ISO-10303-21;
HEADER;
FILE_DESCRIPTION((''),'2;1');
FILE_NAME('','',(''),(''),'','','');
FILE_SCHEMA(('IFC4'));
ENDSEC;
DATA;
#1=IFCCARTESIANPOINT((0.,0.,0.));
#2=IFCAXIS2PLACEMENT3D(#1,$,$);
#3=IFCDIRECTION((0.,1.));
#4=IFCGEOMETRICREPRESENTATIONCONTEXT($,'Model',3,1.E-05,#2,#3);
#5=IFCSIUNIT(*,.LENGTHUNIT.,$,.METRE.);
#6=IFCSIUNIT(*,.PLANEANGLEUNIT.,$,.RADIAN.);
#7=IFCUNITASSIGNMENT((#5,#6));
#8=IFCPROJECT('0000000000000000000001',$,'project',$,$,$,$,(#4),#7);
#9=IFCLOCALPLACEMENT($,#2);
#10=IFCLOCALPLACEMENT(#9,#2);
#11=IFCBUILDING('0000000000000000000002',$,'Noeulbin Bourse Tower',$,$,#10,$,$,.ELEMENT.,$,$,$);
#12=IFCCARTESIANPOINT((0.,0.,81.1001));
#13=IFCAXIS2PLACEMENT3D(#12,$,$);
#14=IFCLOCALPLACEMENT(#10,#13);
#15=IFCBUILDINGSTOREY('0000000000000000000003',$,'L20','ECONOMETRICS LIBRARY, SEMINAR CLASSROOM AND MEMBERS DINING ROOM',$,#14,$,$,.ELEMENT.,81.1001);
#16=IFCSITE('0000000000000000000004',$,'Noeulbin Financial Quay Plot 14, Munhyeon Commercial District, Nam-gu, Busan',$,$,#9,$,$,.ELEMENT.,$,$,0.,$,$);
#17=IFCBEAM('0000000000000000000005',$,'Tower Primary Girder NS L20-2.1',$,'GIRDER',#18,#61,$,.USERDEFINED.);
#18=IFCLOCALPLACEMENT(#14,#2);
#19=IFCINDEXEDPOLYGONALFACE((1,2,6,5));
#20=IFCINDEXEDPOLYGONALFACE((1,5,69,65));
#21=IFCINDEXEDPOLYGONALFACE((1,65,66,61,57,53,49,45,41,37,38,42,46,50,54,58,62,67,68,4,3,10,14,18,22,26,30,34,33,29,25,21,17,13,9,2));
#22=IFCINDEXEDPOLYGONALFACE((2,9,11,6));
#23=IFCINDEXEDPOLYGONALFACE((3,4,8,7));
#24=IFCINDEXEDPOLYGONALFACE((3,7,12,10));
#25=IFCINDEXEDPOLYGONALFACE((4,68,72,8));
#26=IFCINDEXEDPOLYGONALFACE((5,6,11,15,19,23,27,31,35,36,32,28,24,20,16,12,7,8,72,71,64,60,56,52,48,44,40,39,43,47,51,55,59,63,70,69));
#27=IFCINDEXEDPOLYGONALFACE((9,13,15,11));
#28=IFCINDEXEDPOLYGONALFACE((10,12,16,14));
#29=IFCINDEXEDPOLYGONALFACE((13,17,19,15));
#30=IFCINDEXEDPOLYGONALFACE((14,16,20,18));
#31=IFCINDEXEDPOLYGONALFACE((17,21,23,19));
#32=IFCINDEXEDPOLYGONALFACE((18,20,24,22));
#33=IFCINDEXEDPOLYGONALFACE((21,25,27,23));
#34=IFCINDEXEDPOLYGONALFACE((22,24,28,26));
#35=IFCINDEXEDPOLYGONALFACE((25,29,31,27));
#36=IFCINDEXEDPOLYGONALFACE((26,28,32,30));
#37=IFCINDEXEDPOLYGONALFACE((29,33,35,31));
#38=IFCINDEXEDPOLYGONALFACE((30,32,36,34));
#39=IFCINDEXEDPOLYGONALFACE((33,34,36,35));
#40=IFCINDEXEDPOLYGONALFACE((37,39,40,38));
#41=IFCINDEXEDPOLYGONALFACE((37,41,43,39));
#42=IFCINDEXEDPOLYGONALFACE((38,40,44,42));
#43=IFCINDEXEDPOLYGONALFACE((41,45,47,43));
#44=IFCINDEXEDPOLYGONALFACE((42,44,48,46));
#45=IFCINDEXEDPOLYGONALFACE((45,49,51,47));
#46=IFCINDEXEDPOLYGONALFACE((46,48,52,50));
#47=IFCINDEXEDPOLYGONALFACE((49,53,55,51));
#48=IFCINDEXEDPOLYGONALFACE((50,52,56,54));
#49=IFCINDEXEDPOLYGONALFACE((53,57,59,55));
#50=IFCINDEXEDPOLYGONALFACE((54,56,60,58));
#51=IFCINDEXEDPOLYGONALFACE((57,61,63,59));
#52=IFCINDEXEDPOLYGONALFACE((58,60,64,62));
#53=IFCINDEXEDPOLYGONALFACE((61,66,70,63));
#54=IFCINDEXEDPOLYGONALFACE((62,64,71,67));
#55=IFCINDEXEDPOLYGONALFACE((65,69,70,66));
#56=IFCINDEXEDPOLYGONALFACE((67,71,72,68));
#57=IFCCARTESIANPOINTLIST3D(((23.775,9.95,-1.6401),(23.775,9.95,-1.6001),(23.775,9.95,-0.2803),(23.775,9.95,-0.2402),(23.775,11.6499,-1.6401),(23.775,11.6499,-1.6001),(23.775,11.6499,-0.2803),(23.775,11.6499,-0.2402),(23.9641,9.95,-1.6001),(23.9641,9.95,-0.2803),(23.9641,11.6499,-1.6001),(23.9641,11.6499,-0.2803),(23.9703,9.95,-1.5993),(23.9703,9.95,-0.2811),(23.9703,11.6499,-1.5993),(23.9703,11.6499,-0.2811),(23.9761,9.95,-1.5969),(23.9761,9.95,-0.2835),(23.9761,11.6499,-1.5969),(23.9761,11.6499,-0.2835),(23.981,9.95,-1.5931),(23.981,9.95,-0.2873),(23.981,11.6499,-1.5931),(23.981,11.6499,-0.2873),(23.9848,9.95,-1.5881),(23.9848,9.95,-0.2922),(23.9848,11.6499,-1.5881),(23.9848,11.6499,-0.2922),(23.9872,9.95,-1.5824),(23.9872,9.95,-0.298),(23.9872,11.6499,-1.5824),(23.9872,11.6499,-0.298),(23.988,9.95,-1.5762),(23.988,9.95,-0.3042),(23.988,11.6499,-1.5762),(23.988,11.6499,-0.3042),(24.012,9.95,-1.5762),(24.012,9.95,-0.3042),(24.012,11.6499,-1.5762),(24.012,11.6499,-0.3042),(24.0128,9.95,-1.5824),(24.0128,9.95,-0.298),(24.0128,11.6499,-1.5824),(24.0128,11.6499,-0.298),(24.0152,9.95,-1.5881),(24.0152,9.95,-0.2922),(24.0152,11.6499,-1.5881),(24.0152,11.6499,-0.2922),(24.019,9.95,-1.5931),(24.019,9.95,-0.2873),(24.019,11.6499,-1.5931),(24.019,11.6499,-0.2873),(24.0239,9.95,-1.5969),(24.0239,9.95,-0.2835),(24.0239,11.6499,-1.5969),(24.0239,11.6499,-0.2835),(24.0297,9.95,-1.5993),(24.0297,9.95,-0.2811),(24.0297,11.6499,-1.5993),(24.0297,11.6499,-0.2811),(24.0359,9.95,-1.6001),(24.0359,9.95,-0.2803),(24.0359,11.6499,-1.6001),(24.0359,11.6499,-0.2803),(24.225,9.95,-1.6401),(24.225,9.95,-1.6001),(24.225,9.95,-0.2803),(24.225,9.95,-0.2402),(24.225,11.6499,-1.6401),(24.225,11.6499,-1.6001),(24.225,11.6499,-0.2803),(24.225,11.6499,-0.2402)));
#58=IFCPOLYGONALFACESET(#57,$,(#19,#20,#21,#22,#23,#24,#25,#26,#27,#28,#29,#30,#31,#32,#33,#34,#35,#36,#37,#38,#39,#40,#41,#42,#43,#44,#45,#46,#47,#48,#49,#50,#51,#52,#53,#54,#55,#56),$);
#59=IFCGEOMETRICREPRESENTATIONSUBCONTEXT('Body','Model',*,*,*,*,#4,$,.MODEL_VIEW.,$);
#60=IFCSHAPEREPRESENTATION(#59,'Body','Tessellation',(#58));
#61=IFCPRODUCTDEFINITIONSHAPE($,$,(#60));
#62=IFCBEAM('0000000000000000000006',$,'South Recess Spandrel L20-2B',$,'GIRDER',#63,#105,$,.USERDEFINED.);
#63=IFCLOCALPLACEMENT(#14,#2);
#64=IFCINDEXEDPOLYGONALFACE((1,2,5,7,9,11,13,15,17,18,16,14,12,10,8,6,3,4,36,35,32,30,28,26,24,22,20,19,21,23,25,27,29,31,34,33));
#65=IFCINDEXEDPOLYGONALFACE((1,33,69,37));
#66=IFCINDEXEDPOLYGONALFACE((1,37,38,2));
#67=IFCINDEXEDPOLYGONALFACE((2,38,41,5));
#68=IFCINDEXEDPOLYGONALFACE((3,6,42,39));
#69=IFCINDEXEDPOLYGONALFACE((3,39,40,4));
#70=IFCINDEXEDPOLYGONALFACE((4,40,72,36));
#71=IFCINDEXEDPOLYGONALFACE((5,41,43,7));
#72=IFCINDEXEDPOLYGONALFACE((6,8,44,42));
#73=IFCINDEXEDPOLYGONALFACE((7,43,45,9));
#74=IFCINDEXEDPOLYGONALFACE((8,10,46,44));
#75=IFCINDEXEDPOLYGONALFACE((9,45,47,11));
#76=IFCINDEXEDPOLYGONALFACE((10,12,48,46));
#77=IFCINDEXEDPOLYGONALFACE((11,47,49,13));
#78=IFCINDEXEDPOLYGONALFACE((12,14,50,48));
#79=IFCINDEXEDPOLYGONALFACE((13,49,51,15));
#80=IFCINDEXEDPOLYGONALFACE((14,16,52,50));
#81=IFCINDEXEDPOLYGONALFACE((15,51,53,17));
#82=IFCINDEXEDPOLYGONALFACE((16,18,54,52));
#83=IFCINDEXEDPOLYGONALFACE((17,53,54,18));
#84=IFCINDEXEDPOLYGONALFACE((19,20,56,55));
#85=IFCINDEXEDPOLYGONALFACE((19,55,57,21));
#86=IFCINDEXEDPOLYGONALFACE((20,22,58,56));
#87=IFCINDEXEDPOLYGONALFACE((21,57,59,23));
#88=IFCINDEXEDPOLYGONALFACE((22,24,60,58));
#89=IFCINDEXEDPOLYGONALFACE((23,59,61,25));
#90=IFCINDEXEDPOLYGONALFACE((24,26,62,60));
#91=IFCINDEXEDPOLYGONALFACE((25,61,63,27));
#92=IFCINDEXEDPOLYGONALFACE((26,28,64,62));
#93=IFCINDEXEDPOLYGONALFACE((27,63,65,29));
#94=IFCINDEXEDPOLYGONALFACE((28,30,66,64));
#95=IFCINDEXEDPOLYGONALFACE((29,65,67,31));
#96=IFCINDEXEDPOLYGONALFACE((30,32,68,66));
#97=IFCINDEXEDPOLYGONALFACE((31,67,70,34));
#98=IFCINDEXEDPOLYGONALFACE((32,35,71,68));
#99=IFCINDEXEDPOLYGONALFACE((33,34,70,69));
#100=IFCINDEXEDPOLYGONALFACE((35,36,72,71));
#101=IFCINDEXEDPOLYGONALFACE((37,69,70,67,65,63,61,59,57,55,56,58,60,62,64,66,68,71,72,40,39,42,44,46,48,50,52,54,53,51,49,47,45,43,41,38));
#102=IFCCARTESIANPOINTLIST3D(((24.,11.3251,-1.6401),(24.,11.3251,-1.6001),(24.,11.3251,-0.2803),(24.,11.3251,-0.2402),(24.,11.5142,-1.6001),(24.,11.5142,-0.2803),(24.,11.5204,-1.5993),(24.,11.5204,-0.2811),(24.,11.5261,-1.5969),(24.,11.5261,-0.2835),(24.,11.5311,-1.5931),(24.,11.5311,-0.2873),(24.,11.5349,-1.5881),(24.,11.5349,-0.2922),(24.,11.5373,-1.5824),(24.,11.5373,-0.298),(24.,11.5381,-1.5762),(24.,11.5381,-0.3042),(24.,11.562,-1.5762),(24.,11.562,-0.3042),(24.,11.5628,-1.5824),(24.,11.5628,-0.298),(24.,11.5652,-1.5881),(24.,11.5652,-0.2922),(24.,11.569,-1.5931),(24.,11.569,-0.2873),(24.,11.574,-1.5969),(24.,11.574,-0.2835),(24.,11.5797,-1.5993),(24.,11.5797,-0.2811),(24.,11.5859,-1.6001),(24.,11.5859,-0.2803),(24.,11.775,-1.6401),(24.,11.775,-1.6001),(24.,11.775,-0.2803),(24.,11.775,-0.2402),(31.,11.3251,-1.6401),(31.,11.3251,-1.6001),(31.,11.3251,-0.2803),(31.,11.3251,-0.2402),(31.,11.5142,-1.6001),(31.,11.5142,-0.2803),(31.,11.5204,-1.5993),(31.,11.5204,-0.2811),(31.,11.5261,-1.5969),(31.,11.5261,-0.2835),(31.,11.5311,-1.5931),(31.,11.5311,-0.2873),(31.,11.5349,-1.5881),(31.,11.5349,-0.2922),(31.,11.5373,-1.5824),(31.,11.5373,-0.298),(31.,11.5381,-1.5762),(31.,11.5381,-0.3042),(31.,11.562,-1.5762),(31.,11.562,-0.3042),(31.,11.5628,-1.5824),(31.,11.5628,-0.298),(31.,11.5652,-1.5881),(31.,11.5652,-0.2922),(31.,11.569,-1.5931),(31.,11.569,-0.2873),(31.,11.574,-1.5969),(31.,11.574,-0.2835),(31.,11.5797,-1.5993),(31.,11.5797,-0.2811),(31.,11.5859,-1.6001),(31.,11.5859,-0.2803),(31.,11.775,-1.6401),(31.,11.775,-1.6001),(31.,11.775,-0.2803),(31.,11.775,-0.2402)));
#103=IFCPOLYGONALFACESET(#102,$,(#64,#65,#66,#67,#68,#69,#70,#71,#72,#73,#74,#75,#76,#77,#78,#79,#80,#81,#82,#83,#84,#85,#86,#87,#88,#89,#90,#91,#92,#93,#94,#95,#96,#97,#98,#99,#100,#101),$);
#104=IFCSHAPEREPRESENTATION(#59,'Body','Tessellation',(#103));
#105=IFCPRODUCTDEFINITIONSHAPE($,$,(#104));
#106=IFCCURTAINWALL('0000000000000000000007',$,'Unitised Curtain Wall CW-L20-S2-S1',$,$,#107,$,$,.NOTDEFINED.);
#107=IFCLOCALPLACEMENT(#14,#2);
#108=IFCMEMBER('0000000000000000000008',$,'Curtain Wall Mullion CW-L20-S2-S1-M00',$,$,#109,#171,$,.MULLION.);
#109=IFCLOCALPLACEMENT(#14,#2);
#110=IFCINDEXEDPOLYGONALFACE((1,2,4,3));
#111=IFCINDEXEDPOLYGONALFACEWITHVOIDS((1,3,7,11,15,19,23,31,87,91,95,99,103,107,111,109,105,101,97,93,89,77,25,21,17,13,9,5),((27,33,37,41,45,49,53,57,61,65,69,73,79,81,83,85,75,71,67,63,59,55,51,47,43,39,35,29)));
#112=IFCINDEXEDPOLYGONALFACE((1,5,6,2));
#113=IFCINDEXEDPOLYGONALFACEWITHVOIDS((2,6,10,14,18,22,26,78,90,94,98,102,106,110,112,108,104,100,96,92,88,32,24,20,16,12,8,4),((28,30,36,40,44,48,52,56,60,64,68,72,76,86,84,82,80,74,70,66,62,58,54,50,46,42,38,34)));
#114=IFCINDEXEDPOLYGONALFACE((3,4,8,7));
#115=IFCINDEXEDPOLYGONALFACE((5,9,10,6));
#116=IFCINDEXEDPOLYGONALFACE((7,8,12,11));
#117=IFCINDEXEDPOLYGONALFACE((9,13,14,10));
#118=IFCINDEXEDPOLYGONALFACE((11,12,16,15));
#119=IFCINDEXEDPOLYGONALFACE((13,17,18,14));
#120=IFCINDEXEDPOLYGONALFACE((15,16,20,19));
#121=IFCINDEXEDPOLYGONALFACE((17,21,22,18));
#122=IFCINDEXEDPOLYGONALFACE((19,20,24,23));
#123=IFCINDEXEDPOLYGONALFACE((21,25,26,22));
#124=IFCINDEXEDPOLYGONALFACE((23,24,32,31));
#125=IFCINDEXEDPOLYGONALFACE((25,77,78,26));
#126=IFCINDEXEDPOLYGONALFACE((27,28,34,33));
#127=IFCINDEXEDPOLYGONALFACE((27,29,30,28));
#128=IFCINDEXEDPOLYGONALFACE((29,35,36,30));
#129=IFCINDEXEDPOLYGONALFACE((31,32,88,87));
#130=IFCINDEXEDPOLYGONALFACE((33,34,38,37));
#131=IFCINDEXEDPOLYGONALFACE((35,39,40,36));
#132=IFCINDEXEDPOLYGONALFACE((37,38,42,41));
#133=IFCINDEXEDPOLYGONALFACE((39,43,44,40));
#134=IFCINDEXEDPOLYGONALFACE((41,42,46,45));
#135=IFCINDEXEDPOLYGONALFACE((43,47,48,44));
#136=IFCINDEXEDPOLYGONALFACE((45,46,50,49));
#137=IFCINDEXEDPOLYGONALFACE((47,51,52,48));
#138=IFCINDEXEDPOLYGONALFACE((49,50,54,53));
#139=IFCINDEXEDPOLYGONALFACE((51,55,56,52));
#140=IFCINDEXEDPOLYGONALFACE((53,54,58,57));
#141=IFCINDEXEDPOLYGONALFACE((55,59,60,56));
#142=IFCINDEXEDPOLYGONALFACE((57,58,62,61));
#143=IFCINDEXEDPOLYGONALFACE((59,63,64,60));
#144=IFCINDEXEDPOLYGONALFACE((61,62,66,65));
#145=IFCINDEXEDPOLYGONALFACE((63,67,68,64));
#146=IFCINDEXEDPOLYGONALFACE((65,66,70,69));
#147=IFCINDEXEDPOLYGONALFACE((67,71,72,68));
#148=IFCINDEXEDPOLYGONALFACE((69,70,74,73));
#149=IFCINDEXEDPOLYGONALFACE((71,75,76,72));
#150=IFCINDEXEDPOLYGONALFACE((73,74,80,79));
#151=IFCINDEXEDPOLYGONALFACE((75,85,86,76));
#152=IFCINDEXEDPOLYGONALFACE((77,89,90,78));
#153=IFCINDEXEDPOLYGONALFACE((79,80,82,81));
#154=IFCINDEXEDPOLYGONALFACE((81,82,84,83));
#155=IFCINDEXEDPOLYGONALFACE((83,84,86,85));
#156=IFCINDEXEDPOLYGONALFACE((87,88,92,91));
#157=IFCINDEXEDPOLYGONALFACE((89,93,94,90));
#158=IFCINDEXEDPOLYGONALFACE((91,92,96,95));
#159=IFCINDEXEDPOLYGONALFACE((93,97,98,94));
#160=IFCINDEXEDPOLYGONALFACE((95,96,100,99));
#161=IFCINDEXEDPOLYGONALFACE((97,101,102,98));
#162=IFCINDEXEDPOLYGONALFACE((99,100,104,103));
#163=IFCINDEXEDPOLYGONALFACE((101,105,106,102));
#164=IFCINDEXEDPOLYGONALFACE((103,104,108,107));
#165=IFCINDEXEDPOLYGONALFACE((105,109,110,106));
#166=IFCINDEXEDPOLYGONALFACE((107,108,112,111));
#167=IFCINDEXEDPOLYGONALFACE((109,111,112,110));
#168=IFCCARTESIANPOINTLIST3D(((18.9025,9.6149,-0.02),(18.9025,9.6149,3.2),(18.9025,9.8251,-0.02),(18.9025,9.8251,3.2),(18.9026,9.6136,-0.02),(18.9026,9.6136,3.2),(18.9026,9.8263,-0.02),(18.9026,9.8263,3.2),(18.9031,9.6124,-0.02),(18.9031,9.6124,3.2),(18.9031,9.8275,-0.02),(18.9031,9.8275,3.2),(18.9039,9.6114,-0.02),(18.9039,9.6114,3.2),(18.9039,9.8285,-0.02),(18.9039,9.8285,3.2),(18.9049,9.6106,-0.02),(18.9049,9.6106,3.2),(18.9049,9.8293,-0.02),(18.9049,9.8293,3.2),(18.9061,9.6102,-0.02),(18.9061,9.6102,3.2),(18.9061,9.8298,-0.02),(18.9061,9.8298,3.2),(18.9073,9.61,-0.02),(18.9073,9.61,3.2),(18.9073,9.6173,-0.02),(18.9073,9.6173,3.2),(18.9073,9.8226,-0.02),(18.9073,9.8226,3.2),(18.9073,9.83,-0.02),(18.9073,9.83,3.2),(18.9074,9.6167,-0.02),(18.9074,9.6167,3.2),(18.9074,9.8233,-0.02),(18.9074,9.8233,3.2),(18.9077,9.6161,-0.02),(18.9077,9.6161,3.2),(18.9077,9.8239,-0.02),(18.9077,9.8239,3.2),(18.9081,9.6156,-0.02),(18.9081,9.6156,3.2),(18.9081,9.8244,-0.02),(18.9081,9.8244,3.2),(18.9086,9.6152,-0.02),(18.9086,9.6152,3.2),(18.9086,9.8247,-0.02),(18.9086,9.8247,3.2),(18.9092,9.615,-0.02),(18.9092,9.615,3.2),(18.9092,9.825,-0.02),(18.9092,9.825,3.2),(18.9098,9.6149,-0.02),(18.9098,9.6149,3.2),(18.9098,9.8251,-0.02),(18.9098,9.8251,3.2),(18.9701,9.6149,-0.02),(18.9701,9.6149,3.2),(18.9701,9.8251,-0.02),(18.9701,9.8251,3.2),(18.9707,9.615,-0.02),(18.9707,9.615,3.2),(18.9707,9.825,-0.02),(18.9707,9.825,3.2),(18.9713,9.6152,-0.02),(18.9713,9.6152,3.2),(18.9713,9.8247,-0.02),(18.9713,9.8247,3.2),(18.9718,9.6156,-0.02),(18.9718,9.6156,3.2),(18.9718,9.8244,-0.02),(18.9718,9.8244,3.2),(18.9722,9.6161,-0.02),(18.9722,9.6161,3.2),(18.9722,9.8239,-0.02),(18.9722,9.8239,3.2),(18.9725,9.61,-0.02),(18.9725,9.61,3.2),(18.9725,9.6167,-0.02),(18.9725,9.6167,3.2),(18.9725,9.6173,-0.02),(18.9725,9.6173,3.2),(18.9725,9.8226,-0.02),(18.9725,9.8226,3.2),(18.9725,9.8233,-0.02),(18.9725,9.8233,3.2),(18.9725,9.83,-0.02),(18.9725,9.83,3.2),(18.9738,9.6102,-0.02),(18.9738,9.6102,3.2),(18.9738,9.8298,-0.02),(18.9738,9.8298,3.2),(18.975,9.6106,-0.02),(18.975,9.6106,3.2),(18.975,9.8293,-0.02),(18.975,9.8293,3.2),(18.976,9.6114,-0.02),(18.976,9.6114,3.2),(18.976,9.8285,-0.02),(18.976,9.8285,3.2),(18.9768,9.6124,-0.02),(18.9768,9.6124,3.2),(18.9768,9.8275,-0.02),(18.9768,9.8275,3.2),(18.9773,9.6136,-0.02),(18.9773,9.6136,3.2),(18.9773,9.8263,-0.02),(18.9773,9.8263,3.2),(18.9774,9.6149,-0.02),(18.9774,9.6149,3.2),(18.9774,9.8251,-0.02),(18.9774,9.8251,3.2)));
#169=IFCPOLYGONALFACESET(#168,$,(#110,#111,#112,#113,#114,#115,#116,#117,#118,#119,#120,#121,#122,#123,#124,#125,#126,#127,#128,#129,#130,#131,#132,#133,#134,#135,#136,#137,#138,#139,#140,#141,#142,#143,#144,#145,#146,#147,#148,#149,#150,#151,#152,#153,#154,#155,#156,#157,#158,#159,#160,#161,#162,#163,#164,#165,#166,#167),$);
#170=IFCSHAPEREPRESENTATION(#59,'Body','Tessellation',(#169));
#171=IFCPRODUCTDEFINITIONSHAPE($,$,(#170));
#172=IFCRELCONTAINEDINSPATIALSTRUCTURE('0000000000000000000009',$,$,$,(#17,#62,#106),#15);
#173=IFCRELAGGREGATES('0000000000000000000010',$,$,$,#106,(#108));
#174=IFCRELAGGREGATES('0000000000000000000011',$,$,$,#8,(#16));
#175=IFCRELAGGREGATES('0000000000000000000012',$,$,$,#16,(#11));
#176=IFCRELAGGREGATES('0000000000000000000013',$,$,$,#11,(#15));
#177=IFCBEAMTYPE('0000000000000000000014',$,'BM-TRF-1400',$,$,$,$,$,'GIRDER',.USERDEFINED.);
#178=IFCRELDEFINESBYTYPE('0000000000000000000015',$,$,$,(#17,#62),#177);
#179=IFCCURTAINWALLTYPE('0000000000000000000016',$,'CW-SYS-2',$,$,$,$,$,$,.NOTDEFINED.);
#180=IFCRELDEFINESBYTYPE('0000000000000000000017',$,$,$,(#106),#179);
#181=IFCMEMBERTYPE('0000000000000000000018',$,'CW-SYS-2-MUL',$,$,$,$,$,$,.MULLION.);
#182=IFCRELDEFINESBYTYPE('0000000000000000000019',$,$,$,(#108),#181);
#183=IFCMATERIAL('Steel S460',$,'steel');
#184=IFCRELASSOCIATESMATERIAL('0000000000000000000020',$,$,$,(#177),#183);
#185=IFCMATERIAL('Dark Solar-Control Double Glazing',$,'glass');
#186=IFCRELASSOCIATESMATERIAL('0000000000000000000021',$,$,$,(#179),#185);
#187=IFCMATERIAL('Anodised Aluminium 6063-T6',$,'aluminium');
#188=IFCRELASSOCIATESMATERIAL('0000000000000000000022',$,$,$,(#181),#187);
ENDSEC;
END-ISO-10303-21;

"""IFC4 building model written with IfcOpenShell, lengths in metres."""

from ifc_helpers import new_model, si_unit, direction, frame, origin, origin_2d, place, context, subcontext, project, spatial, hollow_rectangle, i_section, extrude, material, material_profile, profile_set, type_object, element, aggregate, save


model = new_model("IFC4")

# Units and contexts
model_context = context("Model", 3, precision=1e-05, world=origin(), true_north=direction((0.0, 1.0)))
body_context = subcontext(model_context, "Body", "Model", "MODEL_VIEW")
ifc_project = project(units=[si_unit("LENGTHUNIT", "METRE"), si_unit("PLANEANGLEUNIT", "RADIAN")], contexts=[model_context])

# Site, building, storey
site_placement = place(None, origin())
site = spatial("IfcSite", under=ifc_project, at=site_placement, Name="Noeulbin Financial Quay Plot 14, Munhyeon Commercial District, Nam-gu, Busan", CompositionType="ELEMENT", RefElevation=0.0)
building_placement = place(site_placement, origin())
building = spatial("IfcBuilding", under=site, at=building_placement, Name="Noeulbin Bourse Tower", CompositionType="ELEMENT")
storey_placement = place(building_placement, frame((0.0, 0.0, 81.1001)))
storey = spatial("IfcBuildingStorey", under=building, at=storey_placement, Name="L20", Description="ECONOMETRICS LIBRARY, SEMINAR CLASSROOM AND MEMBERS DINING ROOM", CompositionType="ELEMENT", Elevation=81.1001)

# Shared definitions
ifc_material_1 = material(Name="Steel S460", Category="steel")

# Beams
ifc_material_profile_1 = material_profile(ifc_material_1, i_section(OverallWidth=0.45, OverallDepth=1.3999, WebThickness=0.0239, FlangeThickness=0.04, FilletRadius=0.0239, at=origin_2d()), Name="PG-1400x450x24x40", Category="LoadBearing")
ifc_profile_set_1 = profile_set([ifc_material_profile_1], Name="Steel S460")
beam_type_1 = type_object("IfcBeamType", Name="BM-TRF-1400", ElementType="GIRDER", PredefinedType="USERDEFINED", material=ifc_profile_set_1)
beam_1_placement = place(storey_placement, frame((24.0, 9.95, -0.9402), z_axis=(0.0, 1.0, 0.0), x_axis=(-1.0, 0.0, 0.0)))
element("IfcBeam", 1, at=beam_1_placement, inside=storey, type_object=beam_type_1, Name="Tower Primary Girder NS L20-2.1", ObjectType="GIRDER", PredefinedType="USERDEFINED", context=body_context, shape_type="SweptSolid", body=[
    extrude(i_section(OverallWidth=0.45, OverallDepth=1.3999, WebThickness=0.0239, FlangeThickness=0.04, FilletRadius=0.0239, at=origin_2d()), origin(), (0.0, 0.0, 1.0), 1.7),
])
beam_2_placement = place(storey_placement, frame((24.0, 11.55, -0.9402), z_axis=(1.0, 0.0, 0.0), x_axis=(0.0, 1.0, 0.0)))
element("IfcBeam", 2, at=beam_2_placement, inside=storey, type_object=beam_type_1, Name="South Recess Spandrel L20-2B", ObjectType="GIRDER", PredefinedType="USERDEFINED", context=body_context, shape_type="SweptSolid", body=[
    extrude(i_section(OverallWidth=0.45, OverallDepth=1.3999, WebThickness=0.0239, FlangeThickness=0.04, FilletRadius=0.0239, at=origin_2d()), origin(), (0.0, 0.0, 1.0), 7.0),
])

# Curtain wall, member
ifc_material_2 = material(Name="Dark Solar-Control Double Glazing", Category="glass")
curtain_wall_type = type_object("IfcCurtainWallType", Name="CW-SYS-2", PredefinedType="NOTDEFINED", material=ifc_material_2)
curtain_wall_placement = place(storey_placement, origin())
curtain_wall = element("IfcCurtainWall", 3, at=curtain_wall_placement, inside=storey, type_object=curtain_wall_type, Name="Unitised Curtain Wall CW-L20-S2-S1", PredefinedType="NOTDEFINED")
ifc_material_3 = material(Name="Anodised Aluminium 6063-T6", Category="aluminium")
ifc_material_profile_2 = material_profile(ifc_material_3, hollow_rectangle(XDim=0.075, YDim=0.22, WallThickness=0.0049, InnerFilletRadius=0.0024, OuterFilletRadius=0.0049, at=origin_2d()), Name="ALU-MULL-75x220x5", Category="LoadBearing")
ifc_profile_set_2 = profile_set([ifc_material_profile_2], Name="Anodised Aluminium 6063-T6")
member_type_1 = type_object("IfcMemberType", Name="CW-SYS-2-MUL", PredefinedType="MULLION", material=ifc_profile_set_2)
member_1_placement = place(storey_placement, frame((18.9399, 9.72, -0.02), z_axis=(0.0, 0.0, 1.0), x_axis=(1.0, 0.0, 0.0)))
member_1 = element("IfcMember", 4, at=member_1_placement, type_object=member_type_1, Name="Curtain Wall Mullion CW-L20-S2-S1-M00", PredefinedType="MULLION", context=body_context, shape_type="SweptSolid", body=[
    extrude(hollow_rectangle(XDim=0.075, YDim=0.22, WallThickness=0.0049, InnerFilletRadius=0.0024, OuterFilletRadius=0.0049, at=origin_2d()), origin(), (0.0, 0.0, 1.0), 3.22),
])
aggregate(curtain_wall, [member_1])

save(model, "model.ifc")
